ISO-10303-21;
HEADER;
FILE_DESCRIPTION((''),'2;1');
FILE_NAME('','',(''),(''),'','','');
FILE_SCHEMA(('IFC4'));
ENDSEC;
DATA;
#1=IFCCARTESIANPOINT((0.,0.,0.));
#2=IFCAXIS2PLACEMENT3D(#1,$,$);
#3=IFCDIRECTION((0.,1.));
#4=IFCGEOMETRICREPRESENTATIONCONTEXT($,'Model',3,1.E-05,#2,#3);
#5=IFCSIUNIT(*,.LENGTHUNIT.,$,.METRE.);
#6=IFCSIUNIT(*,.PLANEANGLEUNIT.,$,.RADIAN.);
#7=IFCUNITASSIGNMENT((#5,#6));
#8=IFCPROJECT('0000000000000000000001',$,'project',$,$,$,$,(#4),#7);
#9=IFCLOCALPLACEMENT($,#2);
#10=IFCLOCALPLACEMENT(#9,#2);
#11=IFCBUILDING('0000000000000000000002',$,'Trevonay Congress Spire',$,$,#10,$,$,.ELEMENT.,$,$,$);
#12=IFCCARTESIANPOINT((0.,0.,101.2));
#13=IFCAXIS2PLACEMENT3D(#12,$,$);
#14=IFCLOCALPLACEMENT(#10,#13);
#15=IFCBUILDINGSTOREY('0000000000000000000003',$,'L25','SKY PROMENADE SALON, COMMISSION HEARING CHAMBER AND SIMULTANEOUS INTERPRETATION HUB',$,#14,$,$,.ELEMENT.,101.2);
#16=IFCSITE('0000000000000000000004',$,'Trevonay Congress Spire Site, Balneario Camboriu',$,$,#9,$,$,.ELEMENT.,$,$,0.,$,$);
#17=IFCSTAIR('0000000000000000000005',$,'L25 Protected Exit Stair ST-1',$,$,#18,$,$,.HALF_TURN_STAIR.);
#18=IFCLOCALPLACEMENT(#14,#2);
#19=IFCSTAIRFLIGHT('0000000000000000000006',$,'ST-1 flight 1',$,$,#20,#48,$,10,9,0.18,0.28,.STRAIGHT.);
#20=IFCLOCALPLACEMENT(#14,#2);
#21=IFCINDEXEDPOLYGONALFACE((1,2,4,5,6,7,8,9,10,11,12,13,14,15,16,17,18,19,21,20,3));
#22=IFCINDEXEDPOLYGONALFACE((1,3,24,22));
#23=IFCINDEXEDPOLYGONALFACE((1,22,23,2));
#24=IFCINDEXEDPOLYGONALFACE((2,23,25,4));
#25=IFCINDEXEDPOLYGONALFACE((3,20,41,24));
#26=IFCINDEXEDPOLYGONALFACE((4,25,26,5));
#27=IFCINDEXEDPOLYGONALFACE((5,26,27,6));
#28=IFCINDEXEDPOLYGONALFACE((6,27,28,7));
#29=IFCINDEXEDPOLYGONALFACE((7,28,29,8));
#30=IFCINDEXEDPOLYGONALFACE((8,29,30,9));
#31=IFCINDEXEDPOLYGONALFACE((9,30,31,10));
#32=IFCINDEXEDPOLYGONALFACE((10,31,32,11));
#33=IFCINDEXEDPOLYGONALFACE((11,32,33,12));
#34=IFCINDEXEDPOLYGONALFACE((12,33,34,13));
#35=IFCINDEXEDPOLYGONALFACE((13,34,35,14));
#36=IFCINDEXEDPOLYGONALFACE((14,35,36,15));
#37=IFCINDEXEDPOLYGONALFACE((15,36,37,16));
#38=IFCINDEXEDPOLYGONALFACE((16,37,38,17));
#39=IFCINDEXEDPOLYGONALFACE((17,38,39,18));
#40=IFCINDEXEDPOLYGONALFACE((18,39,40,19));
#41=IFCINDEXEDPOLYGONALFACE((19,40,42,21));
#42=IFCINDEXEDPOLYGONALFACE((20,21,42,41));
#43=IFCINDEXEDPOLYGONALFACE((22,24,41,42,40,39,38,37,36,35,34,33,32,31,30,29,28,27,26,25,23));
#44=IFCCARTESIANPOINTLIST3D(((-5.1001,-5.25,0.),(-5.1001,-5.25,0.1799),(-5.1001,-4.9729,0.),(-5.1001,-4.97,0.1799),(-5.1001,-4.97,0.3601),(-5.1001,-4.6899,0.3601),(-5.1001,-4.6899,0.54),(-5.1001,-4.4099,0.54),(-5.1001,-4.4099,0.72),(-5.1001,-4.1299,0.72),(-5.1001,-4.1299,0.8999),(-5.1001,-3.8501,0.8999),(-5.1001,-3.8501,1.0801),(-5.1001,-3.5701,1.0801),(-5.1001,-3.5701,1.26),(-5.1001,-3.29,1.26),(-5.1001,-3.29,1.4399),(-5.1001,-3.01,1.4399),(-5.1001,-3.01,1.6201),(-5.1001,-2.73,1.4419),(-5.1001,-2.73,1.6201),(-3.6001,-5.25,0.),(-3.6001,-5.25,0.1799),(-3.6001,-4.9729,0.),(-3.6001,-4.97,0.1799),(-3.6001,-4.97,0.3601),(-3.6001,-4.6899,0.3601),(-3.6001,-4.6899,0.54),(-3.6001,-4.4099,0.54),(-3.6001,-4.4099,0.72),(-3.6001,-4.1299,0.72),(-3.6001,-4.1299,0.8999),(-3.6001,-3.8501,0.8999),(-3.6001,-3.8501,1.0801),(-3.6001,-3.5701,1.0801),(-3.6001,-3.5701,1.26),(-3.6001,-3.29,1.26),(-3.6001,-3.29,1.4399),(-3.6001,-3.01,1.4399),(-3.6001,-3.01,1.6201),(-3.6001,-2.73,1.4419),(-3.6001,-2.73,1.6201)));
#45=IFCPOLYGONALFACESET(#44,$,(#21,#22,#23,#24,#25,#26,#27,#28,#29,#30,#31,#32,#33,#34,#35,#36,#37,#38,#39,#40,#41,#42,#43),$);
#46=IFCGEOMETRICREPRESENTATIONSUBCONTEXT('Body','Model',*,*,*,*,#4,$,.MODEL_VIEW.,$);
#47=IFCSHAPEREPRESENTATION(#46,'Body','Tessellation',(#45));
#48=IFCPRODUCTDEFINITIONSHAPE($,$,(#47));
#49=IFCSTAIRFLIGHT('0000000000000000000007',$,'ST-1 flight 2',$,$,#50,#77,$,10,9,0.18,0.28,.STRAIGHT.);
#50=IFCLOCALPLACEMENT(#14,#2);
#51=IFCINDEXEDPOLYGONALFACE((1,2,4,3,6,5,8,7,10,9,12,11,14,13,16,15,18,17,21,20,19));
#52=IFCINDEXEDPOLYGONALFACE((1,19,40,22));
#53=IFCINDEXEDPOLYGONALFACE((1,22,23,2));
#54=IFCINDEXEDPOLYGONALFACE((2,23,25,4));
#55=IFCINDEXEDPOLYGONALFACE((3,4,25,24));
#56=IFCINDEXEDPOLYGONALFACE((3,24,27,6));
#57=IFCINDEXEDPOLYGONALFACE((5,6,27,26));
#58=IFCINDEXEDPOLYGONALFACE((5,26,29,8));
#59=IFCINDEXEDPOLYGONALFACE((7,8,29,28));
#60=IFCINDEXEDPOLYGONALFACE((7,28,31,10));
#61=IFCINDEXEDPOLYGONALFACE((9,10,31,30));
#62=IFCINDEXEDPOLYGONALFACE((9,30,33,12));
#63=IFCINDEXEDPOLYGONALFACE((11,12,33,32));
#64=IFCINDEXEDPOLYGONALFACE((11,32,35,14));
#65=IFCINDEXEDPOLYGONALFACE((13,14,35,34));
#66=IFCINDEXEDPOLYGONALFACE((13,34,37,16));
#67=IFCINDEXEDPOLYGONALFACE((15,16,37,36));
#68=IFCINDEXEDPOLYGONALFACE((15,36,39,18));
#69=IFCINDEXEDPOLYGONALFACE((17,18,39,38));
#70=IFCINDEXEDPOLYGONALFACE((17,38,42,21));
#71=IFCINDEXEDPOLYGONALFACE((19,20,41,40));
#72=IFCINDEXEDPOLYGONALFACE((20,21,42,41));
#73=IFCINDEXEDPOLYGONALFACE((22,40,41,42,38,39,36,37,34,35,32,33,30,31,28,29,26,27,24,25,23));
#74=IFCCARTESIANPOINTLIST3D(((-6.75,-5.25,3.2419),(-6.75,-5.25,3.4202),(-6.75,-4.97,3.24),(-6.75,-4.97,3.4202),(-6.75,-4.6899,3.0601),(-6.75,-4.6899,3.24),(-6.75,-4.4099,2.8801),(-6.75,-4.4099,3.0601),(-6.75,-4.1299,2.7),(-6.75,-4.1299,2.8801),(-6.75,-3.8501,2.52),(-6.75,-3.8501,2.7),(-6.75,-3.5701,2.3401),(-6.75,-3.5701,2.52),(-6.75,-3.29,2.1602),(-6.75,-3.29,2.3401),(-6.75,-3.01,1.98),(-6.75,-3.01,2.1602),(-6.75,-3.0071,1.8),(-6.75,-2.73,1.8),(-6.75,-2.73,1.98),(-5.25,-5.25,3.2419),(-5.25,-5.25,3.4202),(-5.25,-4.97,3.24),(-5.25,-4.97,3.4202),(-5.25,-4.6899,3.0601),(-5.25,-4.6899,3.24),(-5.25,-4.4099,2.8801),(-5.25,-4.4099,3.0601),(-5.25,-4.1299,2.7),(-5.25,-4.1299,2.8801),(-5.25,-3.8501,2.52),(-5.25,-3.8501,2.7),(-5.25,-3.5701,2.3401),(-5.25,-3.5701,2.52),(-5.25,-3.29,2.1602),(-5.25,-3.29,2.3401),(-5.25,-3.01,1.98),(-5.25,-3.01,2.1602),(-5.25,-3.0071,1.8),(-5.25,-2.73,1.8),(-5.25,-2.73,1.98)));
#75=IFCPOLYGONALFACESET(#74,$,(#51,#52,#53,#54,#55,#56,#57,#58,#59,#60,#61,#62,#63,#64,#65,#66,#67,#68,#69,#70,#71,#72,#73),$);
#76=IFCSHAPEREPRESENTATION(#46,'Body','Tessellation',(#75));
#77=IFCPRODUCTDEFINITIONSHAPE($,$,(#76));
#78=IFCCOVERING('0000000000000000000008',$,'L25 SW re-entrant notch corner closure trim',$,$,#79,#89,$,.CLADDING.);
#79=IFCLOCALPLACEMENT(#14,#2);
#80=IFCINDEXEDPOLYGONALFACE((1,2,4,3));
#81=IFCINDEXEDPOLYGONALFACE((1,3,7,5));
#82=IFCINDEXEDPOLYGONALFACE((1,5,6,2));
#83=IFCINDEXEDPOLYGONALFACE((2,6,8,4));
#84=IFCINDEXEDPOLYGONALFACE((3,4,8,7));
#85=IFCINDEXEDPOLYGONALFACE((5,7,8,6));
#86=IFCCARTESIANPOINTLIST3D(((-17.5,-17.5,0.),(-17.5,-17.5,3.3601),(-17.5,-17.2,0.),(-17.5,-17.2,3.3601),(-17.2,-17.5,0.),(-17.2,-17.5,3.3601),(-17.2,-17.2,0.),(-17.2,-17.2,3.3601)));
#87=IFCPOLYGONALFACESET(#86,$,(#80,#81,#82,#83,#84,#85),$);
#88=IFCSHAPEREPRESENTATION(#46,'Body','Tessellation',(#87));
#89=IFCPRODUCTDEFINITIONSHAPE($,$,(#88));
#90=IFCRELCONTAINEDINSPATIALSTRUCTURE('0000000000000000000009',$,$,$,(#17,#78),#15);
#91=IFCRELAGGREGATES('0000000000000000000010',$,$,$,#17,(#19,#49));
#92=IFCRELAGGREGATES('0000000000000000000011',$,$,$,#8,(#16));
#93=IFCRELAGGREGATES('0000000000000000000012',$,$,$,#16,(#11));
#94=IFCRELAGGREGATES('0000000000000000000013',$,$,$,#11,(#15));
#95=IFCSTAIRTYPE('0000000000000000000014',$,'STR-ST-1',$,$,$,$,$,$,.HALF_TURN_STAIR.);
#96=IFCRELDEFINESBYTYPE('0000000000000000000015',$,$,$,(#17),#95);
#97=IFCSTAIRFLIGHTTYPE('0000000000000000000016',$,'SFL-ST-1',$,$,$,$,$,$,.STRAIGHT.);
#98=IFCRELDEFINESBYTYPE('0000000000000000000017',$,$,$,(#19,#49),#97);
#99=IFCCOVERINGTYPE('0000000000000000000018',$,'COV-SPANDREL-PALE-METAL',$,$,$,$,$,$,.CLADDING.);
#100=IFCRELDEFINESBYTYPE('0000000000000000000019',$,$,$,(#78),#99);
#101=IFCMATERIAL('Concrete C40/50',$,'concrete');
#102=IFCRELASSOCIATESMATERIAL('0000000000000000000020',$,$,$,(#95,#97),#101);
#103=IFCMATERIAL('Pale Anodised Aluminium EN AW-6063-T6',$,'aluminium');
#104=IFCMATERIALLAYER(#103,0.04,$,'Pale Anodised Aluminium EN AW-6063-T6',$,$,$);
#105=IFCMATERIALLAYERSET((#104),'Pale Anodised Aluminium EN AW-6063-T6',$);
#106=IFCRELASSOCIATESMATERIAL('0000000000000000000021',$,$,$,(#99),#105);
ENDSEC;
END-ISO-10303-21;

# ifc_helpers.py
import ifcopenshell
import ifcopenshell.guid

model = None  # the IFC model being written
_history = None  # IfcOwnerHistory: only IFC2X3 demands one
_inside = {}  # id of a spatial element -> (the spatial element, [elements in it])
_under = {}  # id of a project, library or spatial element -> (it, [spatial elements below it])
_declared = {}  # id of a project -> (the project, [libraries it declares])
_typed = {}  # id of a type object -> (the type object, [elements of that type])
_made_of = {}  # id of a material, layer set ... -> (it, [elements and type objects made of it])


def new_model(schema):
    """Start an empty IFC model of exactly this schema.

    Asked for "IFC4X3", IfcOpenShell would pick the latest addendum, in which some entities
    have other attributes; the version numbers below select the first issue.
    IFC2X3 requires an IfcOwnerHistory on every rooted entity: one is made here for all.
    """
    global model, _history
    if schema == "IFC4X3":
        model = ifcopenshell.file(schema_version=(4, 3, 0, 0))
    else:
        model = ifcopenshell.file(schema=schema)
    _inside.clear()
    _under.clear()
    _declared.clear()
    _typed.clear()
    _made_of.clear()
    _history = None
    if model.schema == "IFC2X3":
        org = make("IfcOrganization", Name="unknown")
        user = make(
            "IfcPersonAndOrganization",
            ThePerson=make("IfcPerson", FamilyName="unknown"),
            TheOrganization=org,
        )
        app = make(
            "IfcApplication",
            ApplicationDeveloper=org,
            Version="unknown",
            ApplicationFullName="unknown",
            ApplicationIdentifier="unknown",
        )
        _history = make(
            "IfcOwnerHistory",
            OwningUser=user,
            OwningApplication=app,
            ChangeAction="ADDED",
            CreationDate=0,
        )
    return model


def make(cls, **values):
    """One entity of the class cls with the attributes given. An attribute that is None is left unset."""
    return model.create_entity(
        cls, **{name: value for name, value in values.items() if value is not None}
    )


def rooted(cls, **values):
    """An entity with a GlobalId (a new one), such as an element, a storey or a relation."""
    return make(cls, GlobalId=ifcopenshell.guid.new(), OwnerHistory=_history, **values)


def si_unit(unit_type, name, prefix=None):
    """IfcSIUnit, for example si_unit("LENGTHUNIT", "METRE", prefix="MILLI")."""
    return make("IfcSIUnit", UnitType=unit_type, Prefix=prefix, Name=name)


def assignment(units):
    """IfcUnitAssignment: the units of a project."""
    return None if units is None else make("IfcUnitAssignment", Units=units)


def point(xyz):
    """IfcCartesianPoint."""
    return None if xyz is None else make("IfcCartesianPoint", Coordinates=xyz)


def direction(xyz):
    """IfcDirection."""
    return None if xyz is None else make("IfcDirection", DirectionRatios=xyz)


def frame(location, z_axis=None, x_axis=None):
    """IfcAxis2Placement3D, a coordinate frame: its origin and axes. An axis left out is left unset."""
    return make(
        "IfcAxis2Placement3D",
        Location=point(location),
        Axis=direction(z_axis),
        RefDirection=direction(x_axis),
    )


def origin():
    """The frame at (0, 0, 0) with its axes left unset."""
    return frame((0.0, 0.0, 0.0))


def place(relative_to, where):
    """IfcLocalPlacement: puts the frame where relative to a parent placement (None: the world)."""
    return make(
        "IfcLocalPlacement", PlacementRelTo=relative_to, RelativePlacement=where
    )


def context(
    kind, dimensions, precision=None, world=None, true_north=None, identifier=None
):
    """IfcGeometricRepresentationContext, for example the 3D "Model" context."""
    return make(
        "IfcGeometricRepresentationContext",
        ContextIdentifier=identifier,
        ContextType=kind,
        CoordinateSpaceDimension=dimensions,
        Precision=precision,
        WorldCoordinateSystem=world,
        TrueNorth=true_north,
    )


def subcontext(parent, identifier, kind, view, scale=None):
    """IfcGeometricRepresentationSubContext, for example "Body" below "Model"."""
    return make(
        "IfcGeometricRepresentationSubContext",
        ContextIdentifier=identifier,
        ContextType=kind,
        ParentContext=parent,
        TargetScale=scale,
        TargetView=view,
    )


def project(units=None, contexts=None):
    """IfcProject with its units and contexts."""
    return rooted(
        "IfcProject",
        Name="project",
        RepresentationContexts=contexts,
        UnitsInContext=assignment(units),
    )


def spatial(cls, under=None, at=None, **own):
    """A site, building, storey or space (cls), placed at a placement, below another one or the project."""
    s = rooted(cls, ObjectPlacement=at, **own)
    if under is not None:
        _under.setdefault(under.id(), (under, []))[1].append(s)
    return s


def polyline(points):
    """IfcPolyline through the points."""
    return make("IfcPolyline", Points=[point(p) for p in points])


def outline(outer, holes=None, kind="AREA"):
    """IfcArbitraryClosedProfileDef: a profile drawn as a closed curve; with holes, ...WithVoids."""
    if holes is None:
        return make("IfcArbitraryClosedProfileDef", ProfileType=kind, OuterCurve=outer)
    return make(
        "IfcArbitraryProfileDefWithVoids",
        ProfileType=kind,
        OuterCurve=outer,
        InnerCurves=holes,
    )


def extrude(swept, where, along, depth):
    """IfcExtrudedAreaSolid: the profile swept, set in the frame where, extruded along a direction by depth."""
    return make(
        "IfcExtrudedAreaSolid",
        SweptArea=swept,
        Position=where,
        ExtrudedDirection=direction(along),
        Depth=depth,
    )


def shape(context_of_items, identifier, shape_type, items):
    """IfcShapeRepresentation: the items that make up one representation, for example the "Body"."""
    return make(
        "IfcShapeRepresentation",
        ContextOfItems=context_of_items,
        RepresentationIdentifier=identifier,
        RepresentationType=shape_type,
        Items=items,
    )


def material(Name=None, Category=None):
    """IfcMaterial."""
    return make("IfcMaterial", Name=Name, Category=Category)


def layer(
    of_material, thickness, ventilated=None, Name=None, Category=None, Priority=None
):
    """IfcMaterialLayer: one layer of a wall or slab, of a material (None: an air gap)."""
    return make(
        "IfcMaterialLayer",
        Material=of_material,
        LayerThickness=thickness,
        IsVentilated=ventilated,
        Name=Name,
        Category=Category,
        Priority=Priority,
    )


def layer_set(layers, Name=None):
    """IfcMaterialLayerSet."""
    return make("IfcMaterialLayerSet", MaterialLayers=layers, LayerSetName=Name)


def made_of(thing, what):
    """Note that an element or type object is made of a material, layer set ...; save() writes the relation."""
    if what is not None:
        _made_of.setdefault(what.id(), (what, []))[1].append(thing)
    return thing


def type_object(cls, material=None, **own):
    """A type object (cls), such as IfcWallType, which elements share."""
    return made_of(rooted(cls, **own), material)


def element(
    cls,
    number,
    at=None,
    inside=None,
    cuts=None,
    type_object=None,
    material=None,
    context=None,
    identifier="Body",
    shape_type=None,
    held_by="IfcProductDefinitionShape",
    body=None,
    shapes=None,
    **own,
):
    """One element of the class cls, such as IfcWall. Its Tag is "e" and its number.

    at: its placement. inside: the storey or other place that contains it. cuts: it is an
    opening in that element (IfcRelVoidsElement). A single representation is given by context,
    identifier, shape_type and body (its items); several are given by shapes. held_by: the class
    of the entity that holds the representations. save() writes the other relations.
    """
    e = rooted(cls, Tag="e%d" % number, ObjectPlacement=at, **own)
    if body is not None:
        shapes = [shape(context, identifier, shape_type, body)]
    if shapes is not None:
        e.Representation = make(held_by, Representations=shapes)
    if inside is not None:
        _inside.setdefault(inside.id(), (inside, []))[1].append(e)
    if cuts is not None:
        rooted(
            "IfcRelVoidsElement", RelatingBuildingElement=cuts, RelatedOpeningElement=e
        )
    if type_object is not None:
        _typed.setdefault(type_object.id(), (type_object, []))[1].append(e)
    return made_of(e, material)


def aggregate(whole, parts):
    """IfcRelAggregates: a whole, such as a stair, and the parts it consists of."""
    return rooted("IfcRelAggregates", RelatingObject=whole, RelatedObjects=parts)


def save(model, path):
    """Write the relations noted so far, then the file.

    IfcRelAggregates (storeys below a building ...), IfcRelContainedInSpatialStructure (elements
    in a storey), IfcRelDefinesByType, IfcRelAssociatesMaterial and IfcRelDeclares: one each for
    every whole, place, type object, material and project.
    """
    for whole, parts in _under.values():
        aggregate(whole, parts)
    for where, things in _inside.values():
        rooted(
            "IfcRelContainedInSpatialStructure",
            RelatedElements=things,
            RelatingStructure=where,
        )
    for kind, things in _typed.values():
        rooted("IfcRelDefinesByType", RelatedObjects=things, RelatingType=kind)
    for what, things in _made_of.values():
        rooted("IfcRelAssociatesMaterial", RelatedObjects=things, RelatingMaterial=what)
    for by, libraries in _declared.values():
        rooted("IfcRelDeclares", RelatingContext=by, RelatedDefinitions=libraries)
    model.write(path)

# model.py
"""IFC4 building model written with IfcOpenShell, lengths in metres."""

from ifc_helpers import new_model, si_unit, direction, frame, origin, place, context, subcontext, project, spatial, polyline, outline, extrude, material, layer, layer_set, type_object, element, aggregate, save


model = new_model("IFC4")

# Units and contexts
model_context = context("Model", 3, precision=1e-05, world=origin(), true_north=direction((0.0, 1.0)))
body_context = subcontext(model_context, "Body", "Model", "MODEL_VIEW")
ifc_project = project(units=[si_unit("LENGTHUNIT", "METRE"), si_unit("PLANEANGLEUNIT", "RADIAN")], contexts=[model_context])

# Site, building, storey
site_placement = place(None, origin())
site = spatial("IfcSite", under=ifc_project, at=site_placement, Name="Trevonay Congress Spire Site, Balneario Camboriu", CompositionType="ELEMENT", RefElevation=0.0)
building_placement = place(site_placement, origin())
building = spatial("IfcBuilding", under=site, at=building_placement, Name="Trevonay Congress Spire", CompositionType="ELEMENT")
storey_placement = place(building_placement, frame((0.0, 0.0, 101.2)))
storey = spatial("IfcBuildingStorey", under=building, at=storey_placement, Name="L25", Description="SKY PROMENADE SALON, COMMISSION HEARING CHAMBER AND SIMULTANEOUS INTERPRETATION HUB", CompositionType="ELEMENT", Elevation=101.2)

# Shared definitions
ifc_material_1 = material(Name="Concrete C40/50", Category="concrete")

# Stair, stair flights
stair_type = type_object("IfcStairType", Name="STR-ST-1", PredefinedType="HALF_TURN_STAIR", material=ifc_material_1)
stair_placement = place(storey_placement, origin())
stair = element("IfcStair", 1, at=stair_placement, inside=storey, type_object=stair_type, Name="L25 Protected Exit Stair ST-1", PredefinedType="HALF_TURN_STAIR")
stair_flight_type = type_object("IfcStairFlightType", Name="SFL-ST-1", PredefinedType="STRAIGHT", material=ifc_material_1)
stair_flight_1_placement = place(storey_placement, frame((-4.3501, -5.25, 0.0), z_axis=(0.0, 0.0, 1.0), x_axis=(0.0, 1.0, 0.0)))
stair_flight_1 = element("IfcStairFlight", 2, at=stair_flight_1_placement, type_object=stair_flight_type, Name="ST-1 flight 1", NumberOfRisers=10, NumberOfTreads=9, PredefinedType="STRAIGHT", RiserHeight=0.18, TreadLength=0.28, context=body_context, shape_type="SweptSolid", body=[
    extrude(outline(polyline([(0.0, 0.0), (0.0, 0.1799), (0.28, 0.1799), (0.28, 0.3601), (0.5601, 0.3601), (0.5601, 0.54), (0.8401, 0.54), (0.8401, 0.72), (1.1201, 0.72), (1.1201, 0.8999), (1.3999, 0.8999), (1.3999, 1.0801), (1.6799, 1.0801), (1.6799, 1.26), (1.96, 1.26), (1.96, 1.4399), (2.24, 1.4399), (2.24, 1.6201), (2.52, 1.6201), (2.52, 1.8), (2.52, 1.4419), (0.2771, 0.0), (0.0, 0.0)])), frame((0.0, 0.75, 0.0), z_axis=(0.0, -1.0, 0.0), x_axis=(1.0, 0.0, 0.0)), (0.0, 0.0, 1.0), 1.5),
])
stair_flight_2_placement = place(storey_placement, frame((-6.0, -2.73, 1.8), z_axis=(0.0, 0.0, 1.0), x_axis=(0.0, -1.0, 0.0)))
stair_flight_2 = element("IfcStairFlight", 3, at=stair_flight_2_placement, type_object=stair_flight_type, Name="ST-1 flight 2", NumberOfRisers=10, NumberOfTreads=9, PredefinedType="STRAIGHT", RiserHeight=0.18, TreadLength=0.28, context=body_context, shape_type="SweptSolid", body=[
    extrude(outline(polyline([(0.0, 0.0), (0.0, 0.1799), (0.28, 0.1799), (0.28, 0.3601), (0.5601, 0.3601), (0.5601, 0.54), (0.8401, 0.54), (0.8401, 0.72), (1.1201, 0.72), (1.1201, 0.8999), (1.3999, 0.8999), (1.3999, 1.0801), (1.6799, 1.0801), (1.6799, 1.26), (1.96, 1.26), (1.96, 1.4399), (2.24, 1.4399), (2.24, 1.6201), (2.52, 1.6201), (2.52, 1.8), (2.52, 1.4419), (0.2771, 0.0), (0.0, 0.0)])), frame((0.0, 0.75, 0.0), z_axis=(0.0, -1.0, 0.0), x_axis=(1.0, 0.0, 0.0)), (0.0, 0.0, 1.0), 1.5),
])
aggregate(stair, [stair_flight_1, stair_flight_2])

# Covering
ifc_material_2 = material(Name="Pale Anodised Aluminium EN AW-6063-T6", Category="aluminium")
ifc_layer_1 = layer(ifc_material_2, 0.04, Name="Pale Anodised Aluminium EN AW-6063-T6")
ifc_layer_set_1 = layer_set([ifc_layer_1], Name="Pale Anodised Aluminium EN AW-6063-T6")
covering_type = type_object("IfcCoveringType", Name="COV-SPANDREL-PALE-METAL", PredefinedType="CLADDING", material=ifc_layer_set_1)
covering_placement = place(storey_placement, origin())
element("IfcCovering", 4, at=covering_placement, inside=storey, type_object=covering_type, Name="L25 SW re-entrant notch corner closure trim", PredefinedType="CLADDING", context=body_context, shape_type="SweptSolid", body=[
    extrude(outline(polyline([(-17.5, -17.5), (-17.2, -17.5), (-17.2, -17.2), (-17.5, -17.2), (-17.5, -17.5)])), origin(), (0.0, 0.0, 1.0), 3.3601),
])

save(model, "model.ifc")
